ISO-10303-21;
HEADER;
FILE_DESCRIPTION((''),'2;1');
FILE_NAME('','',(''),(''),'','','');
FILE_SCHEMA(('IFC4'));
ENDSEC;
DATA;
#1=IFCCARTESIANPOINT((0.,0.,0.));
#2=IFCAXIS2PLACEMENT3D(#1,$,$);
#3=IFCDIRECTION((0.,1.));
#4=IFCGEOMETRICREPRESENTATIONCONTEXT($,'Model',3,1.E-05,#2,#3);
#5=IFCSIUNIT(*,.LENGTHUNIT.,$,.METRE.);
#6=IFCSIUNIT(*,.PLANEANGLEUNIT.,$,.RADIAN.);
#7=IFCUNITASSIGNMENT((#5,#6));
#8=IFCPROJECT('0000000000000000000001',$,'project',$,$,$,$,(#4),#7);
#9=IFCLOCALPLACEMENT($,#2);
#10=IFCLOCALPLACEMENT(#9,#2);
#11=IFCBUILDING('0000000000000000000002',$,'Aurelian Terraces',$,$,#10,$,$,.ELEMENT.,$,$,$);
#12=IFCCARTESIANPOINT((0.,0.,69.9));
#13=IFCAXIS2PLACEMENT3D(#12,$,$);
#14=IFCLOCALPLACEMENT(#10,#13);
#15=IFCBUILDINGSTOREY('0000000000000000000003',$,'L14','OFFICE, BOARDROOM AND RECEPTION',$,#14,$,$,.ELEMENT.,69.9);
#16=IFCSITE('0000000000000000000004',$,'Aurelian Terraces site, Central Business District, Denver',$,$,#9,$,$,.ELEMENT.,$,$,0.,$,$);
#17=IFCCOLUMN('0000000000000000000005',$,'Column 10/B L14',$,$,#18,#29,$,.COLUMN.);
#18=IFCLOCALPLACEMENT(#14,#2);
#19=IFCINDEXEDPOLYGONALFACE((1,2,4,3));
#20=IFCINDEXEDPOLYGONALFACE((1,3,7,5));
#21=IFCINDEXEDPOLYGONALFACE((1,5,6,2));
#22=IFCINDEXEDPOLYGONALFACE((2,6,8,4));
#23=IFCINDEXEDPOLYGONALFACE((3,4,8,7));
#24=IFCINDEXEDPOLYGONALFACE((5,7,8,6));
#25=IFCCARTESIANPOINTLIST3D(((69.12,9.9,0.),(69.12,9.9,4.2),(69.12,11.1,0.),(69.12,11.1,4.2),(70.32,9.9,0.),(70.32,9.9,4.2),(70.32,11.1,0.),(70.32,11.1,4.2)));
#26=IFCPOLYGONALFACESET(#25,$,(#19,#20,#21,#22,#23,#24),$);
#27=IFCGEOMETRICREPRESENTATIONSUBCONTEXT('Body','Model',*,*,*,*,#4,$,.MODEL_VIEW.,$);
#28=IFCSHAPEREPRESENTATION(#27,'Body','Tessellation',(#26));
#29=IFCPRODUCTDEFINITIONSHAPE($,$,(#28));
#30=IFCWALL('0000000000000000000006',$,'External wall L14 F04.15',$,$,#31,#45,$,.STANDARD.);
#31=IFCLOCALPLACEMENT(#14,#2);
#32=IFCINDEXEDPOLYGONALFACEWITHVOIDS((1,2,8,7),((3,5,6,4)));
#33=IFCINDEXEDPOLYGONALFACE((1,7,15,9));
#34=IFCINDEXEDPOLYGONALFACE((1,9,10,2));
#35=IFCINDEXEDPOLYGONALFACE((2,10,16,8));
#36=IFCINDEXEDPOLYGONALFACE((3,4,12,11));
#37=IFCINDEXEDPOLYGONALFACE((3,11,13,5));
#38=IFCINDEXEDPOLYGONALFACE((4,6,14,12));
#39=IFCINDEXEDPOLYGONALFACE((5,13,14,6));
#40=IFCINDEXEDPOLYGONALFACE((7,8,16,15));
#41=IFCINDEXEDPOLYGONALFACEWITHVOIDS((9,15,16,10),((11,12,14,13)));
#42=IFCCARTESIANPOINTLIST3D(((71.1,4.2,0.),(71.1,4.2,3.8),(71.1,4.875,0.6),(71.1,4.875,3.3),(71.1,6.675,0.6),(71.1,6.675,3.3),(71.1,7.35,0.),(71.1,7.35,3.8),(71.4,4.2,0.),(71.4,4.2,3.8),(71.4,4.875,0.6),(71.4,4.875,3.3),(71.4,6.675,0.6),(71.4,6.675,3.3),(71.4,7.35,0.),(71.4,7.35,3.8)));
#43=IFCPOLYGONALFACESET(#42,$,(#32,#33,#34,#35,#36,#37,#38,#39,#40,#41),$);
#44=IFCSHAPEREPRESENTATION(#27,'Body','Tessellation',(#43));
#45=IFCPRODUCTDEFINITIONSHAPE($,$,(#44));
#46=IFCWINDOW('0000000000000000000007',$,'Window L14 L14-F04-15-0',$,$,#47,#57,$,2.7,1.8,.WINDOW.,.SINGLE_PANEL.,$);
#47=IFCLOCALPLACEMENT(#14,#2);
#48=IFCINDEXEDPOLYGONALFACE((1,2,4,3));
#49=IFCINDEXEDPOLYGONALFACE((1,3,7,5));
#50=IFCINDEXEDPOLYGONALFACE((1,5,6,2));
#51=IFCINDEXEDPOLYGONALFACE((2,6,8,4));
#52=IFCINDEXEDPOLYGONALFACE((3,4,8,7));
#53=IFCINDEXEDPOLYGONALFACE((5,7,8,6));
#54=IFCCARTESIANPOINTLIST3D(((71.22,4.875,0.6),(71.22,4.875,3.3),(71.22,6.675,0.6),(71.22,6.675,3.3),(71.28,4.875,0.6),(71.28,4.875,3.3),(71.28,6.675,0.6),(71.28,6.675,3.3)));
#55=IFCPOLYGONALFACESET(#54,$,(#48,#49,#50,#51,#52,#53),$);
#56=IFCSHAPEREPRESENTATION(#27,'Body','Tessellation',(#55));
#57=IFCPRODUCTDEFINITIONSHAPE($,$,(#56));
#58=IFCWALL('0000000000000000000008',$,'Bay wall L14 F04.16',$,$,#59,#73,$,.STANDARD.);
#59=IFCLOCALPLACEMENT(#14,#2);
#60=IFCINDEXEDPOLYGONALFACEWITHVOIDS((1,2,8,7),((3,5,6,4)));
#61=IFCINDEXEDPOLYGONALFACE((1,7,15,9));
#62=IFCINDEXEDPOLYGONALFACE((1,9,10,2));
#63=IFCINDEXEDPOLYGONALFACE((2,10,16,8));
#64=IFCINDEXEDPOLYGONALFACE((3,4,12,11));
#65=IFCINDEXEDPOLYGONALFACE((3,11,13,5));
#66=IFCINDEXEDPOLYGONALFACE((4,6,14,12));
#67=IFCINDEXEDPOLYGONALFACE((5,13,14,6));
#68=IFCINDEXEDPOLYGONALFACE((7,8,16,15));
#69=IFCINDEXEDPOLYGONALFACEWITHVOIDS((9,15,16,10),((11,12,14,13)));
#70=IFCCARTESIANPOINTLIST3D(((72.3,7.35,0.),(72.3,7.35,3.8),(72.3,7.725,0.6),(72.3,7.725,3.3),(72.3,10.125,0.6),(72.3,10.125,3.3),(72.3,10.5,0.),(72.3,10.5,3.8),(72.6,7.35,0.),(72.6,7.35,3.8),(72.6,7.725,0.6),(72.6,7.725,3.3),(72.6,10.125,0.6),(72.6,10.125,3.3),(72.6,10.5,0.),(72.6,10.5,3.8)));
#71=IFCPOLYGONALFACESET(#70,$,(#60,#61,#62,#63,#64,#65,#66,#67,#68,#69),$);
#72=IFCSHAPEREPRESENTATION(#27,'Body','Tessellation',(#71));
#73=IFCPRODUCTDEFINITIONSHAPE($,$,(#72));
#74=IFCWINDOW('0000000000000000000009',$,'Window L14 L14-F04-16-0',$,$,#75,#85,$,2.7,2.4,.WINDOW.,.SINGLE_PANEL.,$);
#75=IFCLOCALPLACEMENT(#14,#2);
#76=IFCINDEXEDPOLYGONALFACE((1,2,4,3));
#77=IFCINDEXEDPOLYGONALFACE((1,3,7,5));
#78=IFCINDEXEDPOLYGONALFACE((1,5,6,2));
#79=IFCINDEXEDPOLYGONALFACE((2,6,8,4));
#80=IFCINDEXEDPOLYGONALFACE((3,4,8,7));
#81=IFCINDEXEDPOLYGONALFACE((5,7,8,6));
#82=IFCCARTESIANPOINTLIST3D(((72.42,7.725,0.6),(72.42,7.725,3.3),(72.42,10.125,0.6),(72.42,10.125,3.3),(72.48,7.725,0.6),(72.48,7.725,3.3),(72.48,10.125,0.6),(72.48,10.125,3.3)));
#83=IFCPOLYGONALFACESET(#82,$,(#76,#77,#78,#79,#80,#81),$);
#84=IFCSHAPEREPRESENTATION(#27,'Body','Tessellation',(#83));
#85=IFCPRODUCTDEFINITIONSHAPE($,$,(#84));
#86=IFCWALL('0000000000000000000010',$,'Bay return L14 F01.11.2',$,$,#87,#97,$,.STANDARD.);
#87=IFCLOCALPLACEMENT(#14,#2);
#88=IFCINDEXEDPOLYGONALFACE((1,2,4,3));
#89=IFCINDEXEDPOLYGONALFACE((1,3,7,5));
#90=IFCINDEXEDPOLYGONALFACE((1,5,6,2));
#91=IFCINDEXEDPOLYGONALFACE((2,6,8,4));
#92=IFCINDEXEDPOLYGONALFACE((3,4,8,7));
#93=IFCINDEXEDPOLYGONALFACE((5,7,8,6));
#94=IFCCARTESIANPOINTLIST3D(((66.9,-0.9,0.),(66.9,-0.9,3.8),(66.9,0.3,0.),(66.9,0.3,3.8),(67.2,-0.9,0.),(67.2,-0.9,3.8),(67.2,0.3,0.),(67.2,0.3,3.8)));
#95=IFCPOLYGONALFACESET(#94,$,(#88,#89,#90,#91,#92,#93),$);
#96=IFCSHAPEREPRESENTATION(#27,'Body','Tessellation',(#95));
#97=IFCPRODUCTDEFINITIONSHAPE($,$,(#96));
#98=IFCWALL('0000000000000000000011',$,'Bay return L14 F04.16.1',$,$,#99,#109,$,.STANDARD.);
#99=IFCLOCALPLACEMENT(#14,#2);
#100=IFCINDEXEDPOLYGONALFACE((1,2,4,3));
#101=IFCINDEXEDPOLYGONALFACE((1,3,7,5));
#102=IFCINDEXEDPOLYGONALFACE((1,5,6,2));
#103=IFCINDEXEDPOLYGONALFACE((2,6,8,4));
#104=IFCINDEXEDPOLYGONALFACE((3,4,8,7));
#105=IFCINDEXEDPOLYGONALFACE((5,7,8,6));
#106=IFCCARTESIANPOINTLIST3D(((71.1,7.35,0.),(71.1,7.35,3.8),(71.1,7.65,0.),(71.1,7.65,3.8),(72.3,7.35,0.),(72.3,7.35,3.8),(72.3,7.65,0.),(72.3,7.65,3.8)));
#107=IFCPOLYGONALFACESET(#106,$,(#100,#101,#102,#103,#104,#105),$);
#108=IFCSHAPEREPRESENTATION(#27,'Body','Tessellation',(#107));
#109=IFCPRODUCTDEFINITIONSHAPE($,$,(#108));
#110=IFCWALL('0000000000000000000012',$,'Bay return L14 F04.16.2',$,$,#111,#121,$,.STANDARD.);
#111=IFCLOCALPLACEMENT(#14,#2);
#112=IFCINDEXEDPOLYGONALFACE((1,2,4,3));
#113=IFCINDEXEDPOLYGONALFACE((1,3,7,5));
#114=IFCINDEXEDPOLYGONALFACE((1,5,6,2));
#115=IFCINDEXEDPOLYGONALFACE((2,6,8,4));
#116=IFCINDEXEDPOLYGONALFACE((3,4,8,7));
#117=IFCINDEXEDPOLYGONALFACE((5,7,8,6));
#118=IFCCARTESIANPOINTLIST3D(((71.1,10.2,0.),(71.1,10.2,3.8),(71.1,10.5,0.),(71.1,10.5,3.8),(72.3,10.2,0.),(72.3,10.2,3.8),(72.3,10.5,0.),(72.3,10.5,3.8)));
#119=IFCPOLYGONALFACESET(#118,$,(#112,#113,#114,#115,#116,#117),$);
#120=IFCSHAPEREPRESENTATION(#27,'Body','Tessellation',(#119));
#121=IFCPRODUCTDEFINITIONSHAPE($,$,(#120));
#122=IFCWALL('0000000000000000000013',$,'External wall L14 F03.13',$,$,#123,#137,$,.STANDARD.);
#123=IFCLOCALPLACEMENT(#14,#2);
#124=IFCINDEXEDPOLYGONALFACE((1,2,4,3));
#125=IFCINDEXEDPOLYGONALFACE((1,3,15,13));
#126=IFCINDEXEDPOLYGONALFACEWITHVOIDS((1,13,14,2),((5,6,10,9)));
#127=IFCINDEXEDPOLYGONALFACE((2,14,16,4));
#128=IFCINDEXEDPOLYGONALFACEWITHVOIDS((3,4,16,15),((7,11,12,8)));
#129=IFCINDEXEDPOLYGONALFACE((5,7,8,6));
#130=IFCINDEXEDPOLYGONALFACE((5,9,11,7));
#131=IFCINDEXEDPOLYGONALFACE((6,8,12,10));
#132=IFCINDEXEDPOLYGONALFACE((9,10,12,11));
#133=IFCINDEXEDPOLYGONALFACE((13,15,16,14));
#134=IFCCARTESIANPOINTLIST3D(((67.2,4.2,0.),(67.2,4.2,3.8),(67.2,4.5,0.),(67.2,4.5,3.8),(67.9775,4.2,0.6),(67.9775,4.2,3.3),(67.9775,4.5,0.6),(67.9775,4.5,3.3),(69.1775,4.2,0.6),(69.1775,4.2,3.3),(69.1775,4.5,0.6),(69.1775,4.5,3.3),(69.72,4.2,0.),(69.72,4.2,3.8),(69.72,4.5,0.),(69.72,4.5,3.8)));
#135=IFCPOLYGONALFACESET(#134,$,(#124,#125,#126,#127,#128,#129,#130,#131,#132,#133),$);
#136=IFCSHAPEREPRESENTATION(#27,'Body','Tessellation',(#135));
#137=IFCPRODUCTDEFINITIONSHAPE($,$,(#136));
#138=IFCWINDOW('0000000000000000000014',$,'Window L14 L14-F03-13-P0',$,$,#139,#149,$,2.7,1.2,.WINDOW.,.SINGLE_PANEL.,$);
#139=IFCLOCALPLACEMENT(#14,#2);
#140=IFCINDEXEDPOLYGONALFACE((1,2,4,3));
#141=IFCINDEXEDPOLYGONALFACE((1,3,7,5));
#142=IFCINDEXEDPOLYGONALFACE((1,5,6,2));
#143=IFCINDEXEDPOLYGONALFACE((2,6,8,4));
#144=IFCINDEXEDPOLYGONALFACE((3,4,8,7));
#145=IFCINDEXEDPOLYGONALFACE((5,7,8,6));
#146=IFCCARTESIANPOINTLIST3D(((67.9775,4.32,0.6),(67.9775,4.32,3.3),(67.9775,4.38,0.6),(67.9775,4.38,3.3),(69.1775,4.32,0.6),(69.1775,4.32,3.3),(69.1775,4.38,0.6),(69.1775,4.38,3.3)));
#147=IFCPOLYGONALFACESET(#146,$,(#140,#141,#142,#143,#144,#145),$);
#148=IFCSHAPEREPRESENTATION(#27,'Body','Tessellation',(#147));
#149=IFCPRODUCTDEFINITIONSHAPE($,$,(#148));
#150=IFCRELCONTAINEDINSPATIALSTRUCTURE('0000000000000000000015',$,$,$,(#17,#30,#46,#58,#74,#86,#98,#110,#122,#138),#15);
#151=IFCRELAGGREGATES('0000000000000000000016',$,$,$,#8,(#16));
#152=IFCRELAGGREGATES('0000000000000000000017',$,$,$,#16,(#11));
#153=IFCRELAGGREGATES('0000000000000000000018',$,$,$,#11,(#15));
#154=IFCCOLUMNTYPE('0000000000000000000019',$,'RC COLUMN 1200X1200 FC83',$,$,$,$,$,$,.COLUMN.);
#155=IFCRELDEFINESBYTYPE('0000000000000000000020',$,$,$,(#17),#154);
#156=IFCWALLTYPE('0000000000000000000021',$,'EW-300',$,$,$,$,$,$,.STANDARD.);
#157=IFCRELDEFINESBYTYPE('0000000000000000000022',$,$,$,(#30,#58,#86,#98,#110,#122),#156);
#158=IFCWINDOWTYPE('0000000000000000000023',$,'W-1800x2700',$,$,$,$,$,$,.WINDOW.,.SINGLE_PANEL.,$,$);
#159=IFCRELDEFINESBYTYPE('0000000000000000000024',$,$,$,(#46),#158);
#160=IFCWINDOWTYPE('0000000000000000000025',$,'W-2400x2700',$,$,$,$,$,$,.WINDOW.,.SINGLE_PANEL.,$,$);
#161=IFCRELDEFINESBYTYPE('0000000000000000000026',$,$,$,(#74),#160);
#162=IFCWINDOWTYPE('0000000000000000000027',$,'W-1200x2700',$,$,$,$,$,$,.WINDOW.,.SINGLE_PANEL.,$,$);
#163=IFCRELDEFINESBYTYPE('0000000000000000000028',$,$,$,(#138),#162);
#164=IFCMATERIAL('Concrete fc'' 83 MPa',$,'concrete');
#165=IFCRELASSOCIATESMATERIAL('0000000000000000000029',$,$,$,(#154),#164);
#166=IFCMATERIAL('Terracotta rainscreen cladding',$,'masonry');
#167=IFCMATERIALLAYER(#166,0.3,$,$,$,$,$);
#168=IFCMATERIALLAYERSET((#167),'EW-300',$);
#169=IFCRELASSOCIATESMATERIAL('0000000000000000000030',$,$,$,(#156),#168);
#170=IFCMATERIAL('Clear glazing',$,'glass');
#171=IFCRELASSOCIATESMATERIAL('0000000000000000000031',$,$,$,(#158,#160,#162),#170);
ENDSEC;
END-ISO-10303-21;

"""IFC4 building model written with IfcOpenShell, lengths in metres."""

from ifc_helpers import new_model, si_unit, direction, frame, frame_2d, origin, origin_2d, place, context, subcontext, project, spatial, rectangle, extrude, source, transform, mapped, material, layer, layer_set, material_profile, profile_set, type_object, element, fill, save


model = new_model("IFC4")

# Units and contexts
model_context = context("Model", 3, precision=1e-05, world=origin(), true_north=direction((0.0, 1.0)))
body_context = subcontext(model_context, "Body", "Model", "MODEL_VIEW")
ifc_project = project(units=[si_unit("LENGTHUNIT", "METRE"), si_unit("PLANEANGLEUNIT", "RADIAN")], contexts=[model_context])

# Site, building, storey
site_placement = place(None, origin())
site = spatial("IfcSite", under=ifc_project, at=site_placement, Name="Aurelian Terraces site, Central Business District, Denver", CompositionType="ELEMENT", RefElevation=0.0)
building_placement = place(site_placement, origin())
building = spatial("IfcBuilding", under=site, at=building_placement, Name="Aurelian Terraces", CompositionType="ELEMENT")
storey_placement = place(building_placement, frame((0.0, 0.0, 69.9)))
storey = spatial("IfcBuildingStorey", under=building, at=storey_placement, Name="L14", Description="OFFICE, BOARDROOM AND RECEPTION", CompositionType="ELEMENT", Elevation=69.9)

# Column
ifc_material_1 = material(Name="Concrete fc' 83 MPa", Category="concrete")
ifc_material_profile = material_profile(ifc_material_1, rectangle(XDim=1.2, YDim=1.2, at=origin_2d()))
ifc_profile_set = profile_set([ifc_material_profile], Name="Concrete fc' 83 MPa")
column_type = type_object("IfcColumnType", Name="RC COLUMN 1200X1200 FC83", PredefinedType="COLUMN", material=ifc_profile_set)
shared_shape_1 = source(origin(), body_context, "Body", "SweptSolid", [
    extrude(rectangle(XDim=1.2, YDim=1.2, at=origin_2d()), origin(), (0.0, 0.0, 1.0), 4.2),
])
column_placement = place(storey_placement, frame((69.72, 10.5, 0.0), z_axis=(0.0, 0.0, 1.0), x_axis=(1.0, 0.0, 0.0)))
element("IfcColumn", 1, at=column_placement, inside=storey, type_object=column_type, Name="Column 10/B L14", PredefinedType="COLUMN", context=body_context, shape_type="MappedRepresentation", body=[
    mapped(shared_shape_1, transform((0.0, 0.0, 0.0), scale=1.0)),
])

# Walls, openings, windows
ifc_material_2 = material(Name="Terracotta rainscreen cladding", Category="masonry")
ifc_layer_1 = layer(ifc_material_2, 0.3)
ifc_layer_set_1 = layer_set([ifc_layer_1], Name="EW-300")
wall_type_1 = type_object("IfcWallType", Name="EW-300", PredefinedType="STANDARD", material=ifc_layer_set_1)
shared_shape_2 = source(origin(), body_context, "Body", "SweptSolid", [
    extrude(rectangle(XDim=3.15, YDim=0.3, at=frame_2d((1.575, 0.0))), origin(), (0.0, 0.0, 1.0), 3.8),
])
wall_1_placement = place(storey_placement, frame((71.25, 4.2, 0.0), z_axis=(0.0, 0.0, 1.0), x_axis=(0.0, 1.0, 0.0)))
wall_1 = element("IfcWall", 2, at=wall_1_placement, inside=storey, type_object=wall_type_1, Name="External wall L14 F04.15", PredefinedType="STANDARD", context=body_context, shape_type="MappedRepresentation", body=[
    mapped(shared_shape_2, transform((0.0, 0.0, 0.0), scale=1.0)),
])
shared_shape_3 = source(origin(), body_context, "Body", "SweptSolid", [
    extrude(rectangle(XDim=1.8, YDim=2.7, at=frame_2d((0.9, 1.35))), frame((0.0, 0.16, 0.0), z_axis=(0.0, -1.0, 0.0), x_axis=(1.0, 0.0, 0.0)), (0.0, 0.0, 1.0), 0.32),
])
opening_1_placement = place(wall_1_placement, frame((0.675, 0.0, 0.6)))
opening_1 = element("IfcOpeningElement", 3, at=opening_1_placement, cuts=wall_1, PredefinedType="OPENING", context=body_context, shape_type="MappedRepresentation", body=[
    mapped(shared_shape_3, transform((0.0, 0.0, 0.0), scale=1.0)),
])
ifc_material_3 = material(Name="Clear glazing", Category="glass")
window_type_1 = type_object("IfcWindowType", Name="W-1800x2700", PartitioningType="SINGLE_PANEL", PredefinedType="WINDOW", material=ifc_material_3)
shared_shape_4 = source(origin(), body_context, "Body", "SweptSolid", [
    extrude(rectangle(XDim=1.8, YDim=2.7, at=frame_2d((0.9, 1.35))), frame((0.0, 0.03, 0.0), z_axis=(0.0, -1.0, 0.0), x_axis=(1.0, 0.0, 0.0)), (0.0, 0.0, 1.0), 0.06),
])
window_1_placement = place(opening_1_placement, origin())
window_1 = element("IfcWindow", 4, at=window_1_placement, inside=storey, type_object=window_type_1, Name="Window L14 L14-F04-15-0", OverallHeight=2.7, OverallWidth=1.8, PartitioningType="SINGLE_PANEL", PredefinedType="WINDOW", context=body_context, shape_type="MappedRepresentation", body=[
    mapped(shared_shape_4, transform((0.0, 0.0, 0.0), scale=1.0)),
])
fill(opening_1, window_1)
wall_2_placement = place(storey_placement, frame((72.45, 7.35, 0.0), z_axis=(0.0, 0.0, 1.0), x_axis=(0.0, 1.0, 0.0)))
wall_2 = element("IfcWall", 5, at=wall_2_placement, inside=storey, type_object=wall_type_1, Name="Bay wall L14 F04.16", PredefinedType="STANDARD", context=body_context, shape_type="MappedRepresentation", body=[
    mapped(shared_shape_2, transform((0.0, 0.0, 0.0), scale=1.0)),
])
shared_shape_5 = source(origin(), body_context, "Body", "SweptSolid", [
    extrude(rectangle(XDim=2.4, YDim=2.7, at=frame_2d((1.2, 1.35))), frame((0.0, 0.16, 0.0), z_axis=(0.0, -1.0, 0.0), x_axis=(1.0, 0.0, 0.0)), (0.0, 0.0, 1.0), 0.32),
])
opening_2_placement = place(wall_2_placement, frame((0.375, 0.0, 0.6)))
opening_2 = element("IfcOpeningElement", 6, at=opening_2_placement, cuts=wall_2, PredefinedType="OPENING", context=body_context, shape_type="MappedRepresentation", body=[
    mapped(shared_shape_5, transform((0.0, 0.0, 0.0), scale=1.0)),
])
window_type_2 = type_object("IfcWindowType", Name="W-2400x2700", PartitioningType="SINGLE_PANEL", PredefinedType="WINDOW", material=ifc_material_3)
shared_shape_6 = source(origin(), body_context, "Body", "SweptSolid", [
    extrude(rectangle(XDim=2.4, YDim=2.7, at=frame_2d((1.2, 1.35))), frame((0.0, 0.03, 0.0), z_axis=(0.0, -1.0, 0.0), x_axis=(1.0, 0.0, 0.0)), (0.0, 0.0, 1.0), 0.06),
])
window_2_placement = place(opening_2_placement, origin())
window_2 = element("IfcWindow", 7, at=window_2_placement, inside=storey, type_object=window_type_2, Name="Window L14 L14-F04-16-0", OverallHeight=2.7, OverallWidth=2.4, PartitioningType="SINGLE_PANEL", PredefinedType="WINDOW", context=body_context, shape_type="MappedRepresentation", body=[
    mapped(shared_shape_6, transform((0.0, 0.0, 0.0), scale=1.0)),
])
fill(opening_2, window_2)

# Walls
shared_shape_7 = source(origin(), body_context, "Body", "SweptSolid", [
    extrude(rectangle(XDim=1.2, YDim=0.3, at=frame_2d((0.6, 0.0))), origin(), (0.0, 0.0, 1.0), 3.8),
])
for number, where, z_axis, x_axis, name in (
    (8, (67.05, 0.3, 0.0), (0.0, 0.0, 1.0), (0.0, -1.0, 0.0), "Bay return L14 F01.11.2"),
    (9, (71.1, 7.5, 0.0), (0.0, 0.0, 1.0), (1.0, 0.0, 0.0), "Bay return L14 F04.16.1"),
    (10, (71.1, 10.35, 0.0), (0.0, 0.0, 1.0), (1.0, 0.0, 0.0), "Bay return L14 F04.16.2"),
):
    element("IfcWall", number, at=place(storey_placement, frame(where, z_axis=z_axis, x_axis=x_axis)), inside=storey, type_object=wall_type_1, Name=name, PredefinedType="STANDARD", context=body_context, shape_type="MappedRepresentation", body=[
        mapped(shared_shape_7, transform((0.0, 0.0, 0.0), scale=1.0)),
    ])

# Wall, opening, window
shared_shape_8 = source(origin(), body_context, "Body", "SweptSolid", [
    extrude(rectangle(XDim=2.52, YDim=0.3, at=frame_2d((1.26, 0.0))), origin(), (0.0, 0.0, 1.0), 3.8),
])
wall_3_placement = place(storey_placement, frame((67.2, 4.35, 0.0), z_axis=(0.0, 0.0, 1.0), x_axis=(1.0, 0.0, 0.0)))
wall_3 = element("IfcWall", 11, at=wall_3_placement, inside=storey, type_object=wall_type_1, Name="External wall L14 F03.13", PredefinedType="STANDARD", context=body_context, shape_type="MappedRepresentation", body=[
    mapped(shared_shape_8, transform((0.0, 0.0, 0.0), scale=1.0)),
])
shared_shape_9 = source(origin(), body_context, "Body", "SweptSolid", [
    extrude(rectangle(XDim=1.2, YDim=2.7, at=frame_2d((0.6, 1.35))), frame((0.0, 0.16, 0.0), z_axis=(0.0, -1.0, 0.0), x_axis=(1.0, 0.0, 0.0)), (0.0, 0.0, 1.0), 0.32),
])
opening_3_placement = place(wall_3_placement, frame((0.7775, 0.0, 0.6)))
opening_3 = element("IfcOpeningElement", 12, at=opening_3_placement, cuts=wall_3, PredefinedType="OPENING", context=body_context, shape_type="MappedRepresentation", body=[
    mapped(shared_shape_9, transform((0.0, 0.0, 0.0), scale=1.0)),
])
window_type_3 = type_object("IfcWindowType", Name="W-1200x2700", PartitioningType="SINGLE_PANEL", PredefinedType="WINDOW", material=ifc_material_3)
shared_shape_10 = source(origin(), body_context, "Body", "SweptSolid", [
    extrude(rectangle(XDim=1.2, YDim=2.7, at=frame_2d((0.6, 1.35))), frame((0.0, 0.03, 0.0), z_axis=(0.0, -1.0, 0.0), x_axis=(1.0, 0.0, 0.0)), (0.0, 0.0, 1.0), 0.06),
])
window_3_placement = place(opening_3_placement, origin())
window_3 = element("IfcWindow", 13, at=window_3_placement, inside=storey, type_object=window_type_3, Name="Window L14 L14-F03-13-P0", OverallHeight=2.7, OverallWidth=1.2, PartitioningType="SINGLE_PANEL", PredefinedType="WINDOW", context=body_context, shape_type="MappedRepresentation", body=[
    mapped(shared_shape_10, transform((0.0, 0.0, 0.0), scale=1.0)),
])
fill(opening_3, window_3)

save(model, "model.ifc")
